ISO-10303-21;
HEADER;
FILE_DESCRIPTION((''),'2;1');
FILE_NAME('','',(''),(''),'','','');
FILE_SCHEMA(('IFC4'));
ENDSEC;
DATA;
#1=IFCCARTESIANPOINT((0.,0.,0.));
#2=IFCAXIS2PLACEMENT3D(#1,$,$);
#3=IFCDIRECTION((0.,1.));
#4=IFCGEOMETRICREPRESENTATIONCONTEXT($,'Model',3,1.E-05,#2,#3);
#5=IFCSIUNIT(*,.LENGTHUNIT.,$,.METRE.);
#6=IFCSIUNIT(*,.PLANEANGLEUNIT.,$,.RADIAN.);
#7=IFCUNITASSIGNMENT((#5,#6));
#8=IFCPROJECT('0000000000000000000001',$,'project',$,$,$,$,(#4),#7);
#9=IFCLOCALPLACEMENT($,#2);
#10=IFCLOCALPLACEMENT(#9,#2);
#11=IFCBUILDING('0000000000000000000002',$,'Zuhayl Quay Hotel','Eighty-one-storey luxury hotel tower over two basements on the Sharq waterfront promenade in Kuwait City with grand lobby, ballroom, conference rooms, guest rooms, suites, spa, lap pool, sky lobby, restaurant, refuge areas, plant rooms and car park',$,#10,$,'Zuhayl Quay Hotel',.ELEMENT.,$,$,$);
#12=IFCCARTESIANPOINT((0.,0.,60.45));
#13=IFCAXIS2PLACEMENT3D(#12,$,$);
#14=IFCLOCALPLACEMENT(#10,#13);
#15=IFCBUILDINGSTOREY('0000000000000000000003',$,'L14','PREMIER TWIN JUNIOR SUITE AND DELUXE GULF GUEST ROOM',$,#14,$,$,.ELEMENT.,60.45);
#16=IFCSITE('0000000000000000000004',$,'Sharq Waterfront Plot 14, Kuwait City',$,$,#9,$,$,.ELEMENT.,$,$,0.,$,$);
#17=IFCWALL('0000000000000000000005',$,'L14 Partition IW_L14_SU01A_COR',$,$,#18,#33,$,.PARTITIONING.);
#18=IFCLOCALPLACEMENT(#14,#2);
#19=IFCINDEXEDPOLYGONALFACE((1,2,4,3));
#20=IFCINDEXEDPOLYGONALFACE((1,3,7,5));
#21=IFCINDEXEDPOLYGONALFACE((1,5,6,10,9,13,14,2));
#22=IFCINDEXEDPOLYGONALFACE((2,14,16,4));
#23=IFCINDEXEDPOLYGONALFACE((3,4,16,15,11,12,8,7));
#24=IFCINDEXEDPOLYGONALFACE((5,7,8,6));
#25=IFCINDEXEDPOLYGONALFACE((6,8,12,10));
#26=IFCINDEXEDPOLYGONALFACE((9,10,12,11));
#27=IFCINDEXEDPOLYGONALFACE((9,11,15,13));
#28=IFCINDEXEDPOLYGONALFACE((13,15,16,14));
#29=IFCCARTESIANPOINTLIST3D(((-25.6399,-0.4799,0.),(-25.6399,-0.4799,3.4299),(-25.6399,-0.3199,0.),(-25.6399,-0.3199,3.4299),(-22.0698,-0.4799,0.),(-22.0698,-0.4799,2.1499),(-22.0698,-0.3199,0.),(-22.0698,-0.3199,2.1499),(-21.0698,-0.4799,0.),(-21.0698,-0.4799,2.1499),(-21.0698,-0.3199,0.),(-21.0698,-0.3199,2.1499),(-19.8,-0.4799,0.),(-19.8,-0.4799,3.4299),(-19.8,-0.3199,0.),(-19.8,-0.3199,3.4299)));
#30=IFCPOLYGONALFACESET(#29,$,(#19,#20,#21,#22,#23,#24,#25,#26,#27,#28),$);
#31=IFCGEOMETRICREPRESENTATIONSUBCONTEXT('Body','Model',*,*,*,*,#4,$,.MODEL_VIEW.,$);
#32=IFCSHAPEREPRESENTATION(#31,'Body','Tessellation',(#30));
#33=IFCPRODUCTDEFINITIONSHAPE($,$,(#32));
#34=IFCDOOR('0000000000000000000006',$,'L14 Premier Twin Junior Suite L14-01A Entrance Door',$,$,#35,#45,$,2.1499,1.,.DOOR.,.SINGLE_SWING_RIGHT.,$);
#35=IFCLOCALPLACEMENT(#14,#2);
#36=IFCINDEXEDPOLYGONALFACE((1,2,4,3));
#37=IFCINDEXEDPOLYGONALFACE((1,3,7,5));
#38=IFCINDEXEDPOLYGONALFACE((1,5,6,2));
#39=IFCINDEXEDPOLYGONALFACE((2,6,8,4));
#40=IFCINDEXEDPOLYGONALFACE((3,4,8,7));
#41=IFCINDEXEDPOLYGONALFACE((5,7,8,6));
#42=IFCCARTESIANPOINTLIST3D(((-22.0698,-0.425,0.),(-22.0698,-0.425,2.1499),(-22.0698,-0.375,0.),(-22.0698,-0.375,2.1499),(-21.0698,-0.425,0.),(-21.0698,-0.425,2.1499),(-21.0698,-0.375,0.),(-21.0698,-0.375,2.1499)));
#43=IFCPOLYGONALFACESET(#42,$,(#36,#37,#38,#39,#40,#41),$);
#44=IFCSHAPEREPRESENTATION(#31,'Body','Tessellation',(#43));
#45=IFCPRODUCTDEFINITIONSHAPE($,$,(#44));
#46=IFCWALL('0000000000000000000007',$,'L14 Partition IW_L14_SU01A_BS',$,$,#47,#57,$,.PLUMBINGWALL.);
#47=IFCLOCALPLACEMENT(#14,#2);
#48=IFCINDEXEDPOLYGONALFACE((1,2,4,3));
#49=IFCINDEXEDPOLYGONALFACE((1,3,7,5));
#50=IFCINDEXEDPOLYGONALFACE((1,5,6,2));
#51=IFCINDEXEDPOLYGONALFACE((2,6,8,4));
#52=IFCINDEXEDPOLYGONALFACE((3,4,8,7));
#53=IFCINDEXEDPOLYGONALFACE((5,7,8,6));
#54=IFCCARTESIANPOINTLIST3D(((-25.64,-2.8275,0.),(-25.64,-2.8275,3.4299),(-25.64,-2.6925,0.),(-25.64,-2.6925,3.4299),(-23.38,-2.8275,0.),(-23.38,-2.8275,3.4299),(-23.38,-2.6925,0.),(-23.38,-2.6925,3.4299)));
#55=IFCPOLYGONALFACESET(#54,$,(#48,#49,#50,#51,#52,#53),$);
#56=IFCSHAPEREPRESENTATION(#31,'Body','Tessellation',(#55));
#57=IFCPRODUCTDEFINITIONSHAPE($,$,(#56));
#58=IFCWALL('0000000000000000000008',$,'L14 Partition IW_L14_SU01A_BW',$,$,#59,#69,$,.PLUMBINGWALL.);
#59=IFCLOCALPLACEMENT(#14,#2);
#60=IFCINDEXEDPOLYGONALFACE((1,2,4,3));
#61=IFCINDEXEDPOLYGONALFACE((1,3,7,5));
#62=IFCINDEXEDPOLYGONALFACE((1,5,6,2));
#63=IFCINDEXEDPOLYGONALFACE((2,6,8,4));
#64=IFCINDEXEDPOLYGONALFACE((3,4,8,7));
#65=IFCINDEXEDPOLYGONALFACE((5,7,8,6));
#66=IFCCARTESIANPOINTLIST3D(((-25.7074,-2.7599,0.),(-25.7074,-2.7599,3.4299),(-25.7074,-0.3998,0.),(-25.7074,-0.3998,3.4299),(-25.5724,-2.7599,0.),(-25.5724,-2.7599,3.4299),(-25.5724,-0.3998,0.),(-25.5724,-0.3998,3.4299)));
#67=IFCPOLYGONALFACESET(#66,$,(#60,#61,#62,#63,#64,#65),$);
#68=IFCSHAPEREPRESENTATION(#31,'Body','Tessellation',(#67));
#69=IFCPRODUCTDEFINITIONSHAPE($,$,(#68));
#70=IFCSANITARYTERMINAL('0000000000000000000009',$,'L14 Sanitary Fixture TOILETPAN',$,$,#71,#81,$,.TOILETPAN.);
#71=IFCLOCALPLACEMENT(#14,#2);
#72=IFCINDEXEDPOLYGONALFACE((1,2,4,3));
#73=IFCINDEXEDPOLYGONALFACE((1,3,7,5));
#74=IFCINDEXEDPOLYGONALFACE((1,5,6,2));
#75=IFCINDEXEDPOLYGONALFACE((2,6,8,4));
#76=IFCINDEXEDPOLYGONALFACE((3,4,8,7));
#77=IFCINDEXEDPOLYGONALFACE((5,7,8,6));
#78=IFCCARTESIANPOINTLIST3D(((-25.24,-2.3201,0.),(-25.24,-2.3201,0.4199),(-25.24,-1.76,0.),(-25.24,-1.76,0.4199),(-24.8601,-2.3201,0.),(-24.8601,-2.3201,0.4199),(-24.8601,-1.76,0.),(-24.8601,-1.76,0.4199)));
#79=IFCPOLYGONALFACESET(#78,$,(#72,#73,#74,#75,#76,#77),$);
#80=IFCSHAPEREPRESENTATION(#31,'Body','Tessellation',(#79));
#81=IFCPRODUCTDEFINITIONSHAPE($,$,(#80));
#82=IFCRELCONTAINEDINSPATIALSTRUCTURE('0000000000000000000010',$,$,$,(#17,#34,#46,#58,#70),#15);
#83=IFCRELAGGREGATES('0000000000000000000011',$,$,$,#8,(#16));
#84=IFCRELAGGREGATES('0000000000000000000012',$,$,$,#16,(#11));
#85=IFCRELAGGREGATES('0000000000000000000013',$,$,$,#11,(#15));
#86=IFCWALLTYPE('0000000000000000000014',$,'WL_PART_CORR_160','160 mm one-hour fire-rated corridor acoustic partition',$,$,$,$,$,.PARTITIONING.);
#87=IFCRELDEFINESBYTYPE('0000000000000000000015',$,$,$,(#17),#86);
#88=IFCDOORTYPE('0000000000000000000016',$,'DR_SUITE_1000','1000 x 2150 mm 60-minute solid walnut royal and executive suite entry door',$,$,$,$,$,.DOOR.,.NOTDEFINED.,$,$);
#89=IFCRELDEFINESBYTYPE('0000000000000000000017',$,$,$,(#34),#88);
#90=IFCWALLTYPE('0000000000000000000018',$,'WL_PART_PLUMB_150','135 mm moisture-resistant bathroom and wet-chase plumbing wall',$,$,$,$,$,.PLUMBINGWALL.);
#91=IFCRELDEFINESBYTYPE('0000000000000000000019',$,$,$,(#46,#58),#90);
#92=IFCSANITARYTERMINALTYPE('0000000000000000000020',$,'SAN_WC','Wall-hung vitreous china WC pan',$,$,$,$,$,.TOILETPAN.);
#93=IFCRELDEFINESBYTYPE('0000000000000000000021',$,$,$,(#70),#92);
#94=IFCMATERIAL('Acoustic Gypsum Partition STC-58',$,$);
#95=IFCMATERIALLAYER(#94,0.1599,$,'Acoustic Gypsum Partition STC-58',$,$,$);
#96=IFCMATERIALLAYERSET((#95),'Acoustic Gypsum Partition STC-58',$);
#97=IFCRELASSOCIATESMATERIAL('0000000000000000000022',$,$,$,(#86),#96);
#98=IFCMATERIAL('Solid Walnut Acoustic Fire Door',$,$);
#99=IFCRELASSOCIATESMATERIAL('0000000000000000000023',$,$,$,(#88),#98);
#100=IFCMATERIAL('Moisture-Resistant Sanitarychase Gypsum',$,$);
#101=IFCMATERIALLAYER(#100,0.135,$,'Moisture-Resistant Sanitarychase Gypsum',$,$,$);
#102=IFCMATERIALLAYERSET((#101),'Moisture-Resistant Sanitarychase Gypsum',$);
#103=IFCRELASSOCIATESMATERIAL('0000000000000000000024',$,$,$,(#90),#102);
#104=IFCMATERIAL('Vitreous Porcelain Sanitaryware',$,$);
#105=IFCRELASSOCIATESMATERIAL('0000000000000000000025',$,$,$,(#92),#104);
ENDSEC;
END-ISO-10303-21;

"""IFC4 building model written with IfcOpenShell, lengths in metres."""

from ifc_helpers import new_model, si_unit, direction, frame, frame_2d, origin, origin_2d, place, context, subcontext, project, spatial, rectangle, extrude, material, layer, layer_set, type_object, element, fill, save


model = new_model("IFC4")

# Units and contexts
model_context = context("Model", 3, precision=1e-05, world=origin(), true_north=direction((0.0, 1.0)))
body_context = subcontext(model_context, "Body", "Model", "MODEL_VIEW")
ifc_project = project(units=[si_unit("LENGTHUNIT", "METRE"), si_unit("PLANEANGLEUNIT", "RADIAN")], contexts=[model_context])

# Site, building, storey
site_placement = place(None, origin())
site = spatial("IfcSite", under=ifc_project, at=site_placement, Name="Sharq Waterfront Plot 14, Kuwait City", CompositionType="ELEMENT", RefElevation=0.0)
building_placement = place(site_placement, origin())
building = spatial("IfcBuilding", under=site, at=building_placement, Name="Zuhayl Quay Hotel", Description="Eighty-one-storey luxury hotel tower over two basements on the Sharq waterfront promenade in Kuwait City with grand lobby, ballroom, conference rooms, guest rooms, suites, spa, lap pool, sky lobby, restaurant, refuge areas, plant rooms and car park", LongName="Zuhayl Quay Hotel", CompositionType="ELEMENT")
storey_placement = place(building_placement, frame((0.0, 0.0, 60.45)))
storey = spatial("IfcBuildingStorey", under=building, at=storey_placement, Name="L14", Description="PREMIER TWIN JUNIOR SUITE AND DELUXE GULF GUEST ROOM", CompositionType="ELEMENT", Elevation=60.45)

# Shared definitions
ifc_material_1 = material(Name="Acoustic Gypsum Partition STC-58")

# Wall, opening, door
ifc_layer_1 = layer(ifc_material_1, 0.1599, Name="Acoustic Gypsum Partition STC-58")
ifc_layer_set_1 = layer_set([ifc_layer_1], Name="Acoustic Gypsum Partition STC-58")
wall_type_1 = type_object("IfcWallType", Name="WL_PART_CORR_160", Description="160 mm one-hour fire-rated corridor acoustic partition", PredefinedType="PARTITIONING", material=ifc_layer_set_1)
wall_1_placement = place(storey_placement, frame((-25.6399, -0.3999, 0.0), z_axis=(0.0, 0.0, 1.0), x_axis=(1.0, 0.0, 0.0)))
wall_1 = element("IfcWall", 1, at=wall_1_placement, inside=storey, type_object=wall_type_1, Name="L14 Partition IW_L14_SU01A_COR", PredefinedType="PARTITIONING", context=body_context, shape_type="SweptSolid", body=[
    extrude(rectangle(XDim=5.8398, YDim=0.1599, at=frame_2d((2.9199, 0.0))), origin(), (0.0, 0.0, 1.0), 3.4299),
])
opening_1_placement = place(wall_1_placement, frame((3.5701, 0.0, 0.0)))
opening_1 = element("IfcOpeningElement", 2, at=opening_1_placement, cuts=wall_1, PredefinedType="OPENING", context=body_context, shape_type="SweptSolid", body=[
    extrude(rectangle(XDim=1.0, YDim=2.1499, at=frame_2d((0.5, 1.075))), frame((0.0, 0.0898, 0.0), z_axis=(0.0, -1.0, 0.0), x_axis=(1.0, 0.0, 0.0)), (0.0, 0.0, 1.0), 0.1799),
])
ifc_material_2 = material(Name="Solid Walnut Acoustic Fire Door")
door_type = type_object("IfcDoorType", Name="DR_SUITE_1000", Description="1000 x 2150 mm 60-minute solid walnut royal and executive suite entry door", OperationType="NOTDEFINED", PredefinedType="DOOR", material=ifc_material_2)
door_placement = place(opening_1_placement, origin())
door = element("IfcDoor", 3, at=door_placement, inside=storey, type_object=door_type, Name="L14 Premier Twin Junior Suite L14-01A Entrance Door", OperationType="SINGLE_SWING_RIGHT", OverallHeight=2.1499, OverallWidth=1.0, PredefinedType="DOOR", context=body_context, shape_type="SweptSolid", body=[
    extrude(rectangle(XDim=1.0, YDim=2.1499, at=frame_2d((0.5, 1.075))), frame((0.0, 0.0249, 0.0), z_axis=(0.0, -1.0, 0.0), x_axis=(1.0, 0.0, 0.0)), (0.0, 0.0, 1.0), 0.05),
])
fill(opening_1, door)

# Walls
ifc_material_3 = material(Name="Moisture-Resistant Sanitarychase Gypsum")
ifc_layer_2 = layer(ifc_material_3, 0.135, Name="Moisture-Resistant Sanitarychase Gypsum")
ifc_layer_set_2 = layer_set([ifc_layer_2], Name="Moisture-Resistant Sanitarychase Gypsum")
wall_type_2 = type_object("IfcWallType", Name="WL_PART_PLUMB_150", Description="135 mm moisture-resistant bathroom and wet-chase plumbing wall", PredefinedType="PLUMBINGWALL", material=ifc_layer_set_2)
wall_2_placement = place(storey_placement, frame((-25.6399, -2.76, 0.0), z_axis=(0.0, 0.0, 1.0), x_axis=(1.0, 0.0, 0.0)))
element("IfcWall", 4, at=wall_2_placement, inside=storey, type_object=wall_type_2, Name="L14 Partition IW_L14_SU01A_BS", PredefinedType="PLUMBINGWALL", context=body_context, shape_type="SweptSolid", body=[
    extrude(rectangle(XDim=2.26, YDim=0.135, at=frame_2d((1.1299, 0.0))), origin(), (0.0, 0.0, 1.0), 3.4299),
])
wall_3_placement = place(storey_placement, frame((-25.6399, -2.76, 0.0), z_axis=(0.0, 0.0, 1.0), x_axis=(0.0, 1.0, 0.0)))
element("IfcWall", 5, at=wall_3_placement, inside=storey, type_object=wall_type_2, Name="L14 Partition IW_L14_SU01A_BW", PredefinedType="PLUMBINGWALL", context=body_context, shape_type="SweptSolid", body=[
    extrude(rectangle(XDim=2.3601, YDim=0.135, at=frame_2d((1.1802, 0.0))), origin(), (0.0, 0.0, 1.0), 3.4299),
])

# Sanitary terminal
ifc_material_4 = material(Name="Vitreous Porcelain Sanitaryware")
sanitary_terminal_type = type_object("IfcSanitaryTerminalType", Name="SAN_WC", Description="Wall-hung vitreous china WC pan", PredefinedType="TOILETPAN", material=ifc_material_4)
sanitary_terminal_placement = place(storey_placement, frame((-25.05, -2.04, 0.0), z_axis=(0.0, 0.0, 1.0), x_axis=(1.0, 0.0, 0.0)))
element("IfcSanitaryTerminal", 6, at=sanitary_terminal_placement, inside=storey, type_object=sanitary_terminal_type, Name="L14 Sanitary Fixture TOILETPAN", PredefinedType="TOILETPAN", context=body_context, shape_type="SweptSolid", body=[
    extrude(rectangle(XDim=0.3799, YDim=0.5601, at=origin_2d()), origin(), (0.0, 0.0, 1.0), 0.4199),
])

save(model, "model.ifc")
